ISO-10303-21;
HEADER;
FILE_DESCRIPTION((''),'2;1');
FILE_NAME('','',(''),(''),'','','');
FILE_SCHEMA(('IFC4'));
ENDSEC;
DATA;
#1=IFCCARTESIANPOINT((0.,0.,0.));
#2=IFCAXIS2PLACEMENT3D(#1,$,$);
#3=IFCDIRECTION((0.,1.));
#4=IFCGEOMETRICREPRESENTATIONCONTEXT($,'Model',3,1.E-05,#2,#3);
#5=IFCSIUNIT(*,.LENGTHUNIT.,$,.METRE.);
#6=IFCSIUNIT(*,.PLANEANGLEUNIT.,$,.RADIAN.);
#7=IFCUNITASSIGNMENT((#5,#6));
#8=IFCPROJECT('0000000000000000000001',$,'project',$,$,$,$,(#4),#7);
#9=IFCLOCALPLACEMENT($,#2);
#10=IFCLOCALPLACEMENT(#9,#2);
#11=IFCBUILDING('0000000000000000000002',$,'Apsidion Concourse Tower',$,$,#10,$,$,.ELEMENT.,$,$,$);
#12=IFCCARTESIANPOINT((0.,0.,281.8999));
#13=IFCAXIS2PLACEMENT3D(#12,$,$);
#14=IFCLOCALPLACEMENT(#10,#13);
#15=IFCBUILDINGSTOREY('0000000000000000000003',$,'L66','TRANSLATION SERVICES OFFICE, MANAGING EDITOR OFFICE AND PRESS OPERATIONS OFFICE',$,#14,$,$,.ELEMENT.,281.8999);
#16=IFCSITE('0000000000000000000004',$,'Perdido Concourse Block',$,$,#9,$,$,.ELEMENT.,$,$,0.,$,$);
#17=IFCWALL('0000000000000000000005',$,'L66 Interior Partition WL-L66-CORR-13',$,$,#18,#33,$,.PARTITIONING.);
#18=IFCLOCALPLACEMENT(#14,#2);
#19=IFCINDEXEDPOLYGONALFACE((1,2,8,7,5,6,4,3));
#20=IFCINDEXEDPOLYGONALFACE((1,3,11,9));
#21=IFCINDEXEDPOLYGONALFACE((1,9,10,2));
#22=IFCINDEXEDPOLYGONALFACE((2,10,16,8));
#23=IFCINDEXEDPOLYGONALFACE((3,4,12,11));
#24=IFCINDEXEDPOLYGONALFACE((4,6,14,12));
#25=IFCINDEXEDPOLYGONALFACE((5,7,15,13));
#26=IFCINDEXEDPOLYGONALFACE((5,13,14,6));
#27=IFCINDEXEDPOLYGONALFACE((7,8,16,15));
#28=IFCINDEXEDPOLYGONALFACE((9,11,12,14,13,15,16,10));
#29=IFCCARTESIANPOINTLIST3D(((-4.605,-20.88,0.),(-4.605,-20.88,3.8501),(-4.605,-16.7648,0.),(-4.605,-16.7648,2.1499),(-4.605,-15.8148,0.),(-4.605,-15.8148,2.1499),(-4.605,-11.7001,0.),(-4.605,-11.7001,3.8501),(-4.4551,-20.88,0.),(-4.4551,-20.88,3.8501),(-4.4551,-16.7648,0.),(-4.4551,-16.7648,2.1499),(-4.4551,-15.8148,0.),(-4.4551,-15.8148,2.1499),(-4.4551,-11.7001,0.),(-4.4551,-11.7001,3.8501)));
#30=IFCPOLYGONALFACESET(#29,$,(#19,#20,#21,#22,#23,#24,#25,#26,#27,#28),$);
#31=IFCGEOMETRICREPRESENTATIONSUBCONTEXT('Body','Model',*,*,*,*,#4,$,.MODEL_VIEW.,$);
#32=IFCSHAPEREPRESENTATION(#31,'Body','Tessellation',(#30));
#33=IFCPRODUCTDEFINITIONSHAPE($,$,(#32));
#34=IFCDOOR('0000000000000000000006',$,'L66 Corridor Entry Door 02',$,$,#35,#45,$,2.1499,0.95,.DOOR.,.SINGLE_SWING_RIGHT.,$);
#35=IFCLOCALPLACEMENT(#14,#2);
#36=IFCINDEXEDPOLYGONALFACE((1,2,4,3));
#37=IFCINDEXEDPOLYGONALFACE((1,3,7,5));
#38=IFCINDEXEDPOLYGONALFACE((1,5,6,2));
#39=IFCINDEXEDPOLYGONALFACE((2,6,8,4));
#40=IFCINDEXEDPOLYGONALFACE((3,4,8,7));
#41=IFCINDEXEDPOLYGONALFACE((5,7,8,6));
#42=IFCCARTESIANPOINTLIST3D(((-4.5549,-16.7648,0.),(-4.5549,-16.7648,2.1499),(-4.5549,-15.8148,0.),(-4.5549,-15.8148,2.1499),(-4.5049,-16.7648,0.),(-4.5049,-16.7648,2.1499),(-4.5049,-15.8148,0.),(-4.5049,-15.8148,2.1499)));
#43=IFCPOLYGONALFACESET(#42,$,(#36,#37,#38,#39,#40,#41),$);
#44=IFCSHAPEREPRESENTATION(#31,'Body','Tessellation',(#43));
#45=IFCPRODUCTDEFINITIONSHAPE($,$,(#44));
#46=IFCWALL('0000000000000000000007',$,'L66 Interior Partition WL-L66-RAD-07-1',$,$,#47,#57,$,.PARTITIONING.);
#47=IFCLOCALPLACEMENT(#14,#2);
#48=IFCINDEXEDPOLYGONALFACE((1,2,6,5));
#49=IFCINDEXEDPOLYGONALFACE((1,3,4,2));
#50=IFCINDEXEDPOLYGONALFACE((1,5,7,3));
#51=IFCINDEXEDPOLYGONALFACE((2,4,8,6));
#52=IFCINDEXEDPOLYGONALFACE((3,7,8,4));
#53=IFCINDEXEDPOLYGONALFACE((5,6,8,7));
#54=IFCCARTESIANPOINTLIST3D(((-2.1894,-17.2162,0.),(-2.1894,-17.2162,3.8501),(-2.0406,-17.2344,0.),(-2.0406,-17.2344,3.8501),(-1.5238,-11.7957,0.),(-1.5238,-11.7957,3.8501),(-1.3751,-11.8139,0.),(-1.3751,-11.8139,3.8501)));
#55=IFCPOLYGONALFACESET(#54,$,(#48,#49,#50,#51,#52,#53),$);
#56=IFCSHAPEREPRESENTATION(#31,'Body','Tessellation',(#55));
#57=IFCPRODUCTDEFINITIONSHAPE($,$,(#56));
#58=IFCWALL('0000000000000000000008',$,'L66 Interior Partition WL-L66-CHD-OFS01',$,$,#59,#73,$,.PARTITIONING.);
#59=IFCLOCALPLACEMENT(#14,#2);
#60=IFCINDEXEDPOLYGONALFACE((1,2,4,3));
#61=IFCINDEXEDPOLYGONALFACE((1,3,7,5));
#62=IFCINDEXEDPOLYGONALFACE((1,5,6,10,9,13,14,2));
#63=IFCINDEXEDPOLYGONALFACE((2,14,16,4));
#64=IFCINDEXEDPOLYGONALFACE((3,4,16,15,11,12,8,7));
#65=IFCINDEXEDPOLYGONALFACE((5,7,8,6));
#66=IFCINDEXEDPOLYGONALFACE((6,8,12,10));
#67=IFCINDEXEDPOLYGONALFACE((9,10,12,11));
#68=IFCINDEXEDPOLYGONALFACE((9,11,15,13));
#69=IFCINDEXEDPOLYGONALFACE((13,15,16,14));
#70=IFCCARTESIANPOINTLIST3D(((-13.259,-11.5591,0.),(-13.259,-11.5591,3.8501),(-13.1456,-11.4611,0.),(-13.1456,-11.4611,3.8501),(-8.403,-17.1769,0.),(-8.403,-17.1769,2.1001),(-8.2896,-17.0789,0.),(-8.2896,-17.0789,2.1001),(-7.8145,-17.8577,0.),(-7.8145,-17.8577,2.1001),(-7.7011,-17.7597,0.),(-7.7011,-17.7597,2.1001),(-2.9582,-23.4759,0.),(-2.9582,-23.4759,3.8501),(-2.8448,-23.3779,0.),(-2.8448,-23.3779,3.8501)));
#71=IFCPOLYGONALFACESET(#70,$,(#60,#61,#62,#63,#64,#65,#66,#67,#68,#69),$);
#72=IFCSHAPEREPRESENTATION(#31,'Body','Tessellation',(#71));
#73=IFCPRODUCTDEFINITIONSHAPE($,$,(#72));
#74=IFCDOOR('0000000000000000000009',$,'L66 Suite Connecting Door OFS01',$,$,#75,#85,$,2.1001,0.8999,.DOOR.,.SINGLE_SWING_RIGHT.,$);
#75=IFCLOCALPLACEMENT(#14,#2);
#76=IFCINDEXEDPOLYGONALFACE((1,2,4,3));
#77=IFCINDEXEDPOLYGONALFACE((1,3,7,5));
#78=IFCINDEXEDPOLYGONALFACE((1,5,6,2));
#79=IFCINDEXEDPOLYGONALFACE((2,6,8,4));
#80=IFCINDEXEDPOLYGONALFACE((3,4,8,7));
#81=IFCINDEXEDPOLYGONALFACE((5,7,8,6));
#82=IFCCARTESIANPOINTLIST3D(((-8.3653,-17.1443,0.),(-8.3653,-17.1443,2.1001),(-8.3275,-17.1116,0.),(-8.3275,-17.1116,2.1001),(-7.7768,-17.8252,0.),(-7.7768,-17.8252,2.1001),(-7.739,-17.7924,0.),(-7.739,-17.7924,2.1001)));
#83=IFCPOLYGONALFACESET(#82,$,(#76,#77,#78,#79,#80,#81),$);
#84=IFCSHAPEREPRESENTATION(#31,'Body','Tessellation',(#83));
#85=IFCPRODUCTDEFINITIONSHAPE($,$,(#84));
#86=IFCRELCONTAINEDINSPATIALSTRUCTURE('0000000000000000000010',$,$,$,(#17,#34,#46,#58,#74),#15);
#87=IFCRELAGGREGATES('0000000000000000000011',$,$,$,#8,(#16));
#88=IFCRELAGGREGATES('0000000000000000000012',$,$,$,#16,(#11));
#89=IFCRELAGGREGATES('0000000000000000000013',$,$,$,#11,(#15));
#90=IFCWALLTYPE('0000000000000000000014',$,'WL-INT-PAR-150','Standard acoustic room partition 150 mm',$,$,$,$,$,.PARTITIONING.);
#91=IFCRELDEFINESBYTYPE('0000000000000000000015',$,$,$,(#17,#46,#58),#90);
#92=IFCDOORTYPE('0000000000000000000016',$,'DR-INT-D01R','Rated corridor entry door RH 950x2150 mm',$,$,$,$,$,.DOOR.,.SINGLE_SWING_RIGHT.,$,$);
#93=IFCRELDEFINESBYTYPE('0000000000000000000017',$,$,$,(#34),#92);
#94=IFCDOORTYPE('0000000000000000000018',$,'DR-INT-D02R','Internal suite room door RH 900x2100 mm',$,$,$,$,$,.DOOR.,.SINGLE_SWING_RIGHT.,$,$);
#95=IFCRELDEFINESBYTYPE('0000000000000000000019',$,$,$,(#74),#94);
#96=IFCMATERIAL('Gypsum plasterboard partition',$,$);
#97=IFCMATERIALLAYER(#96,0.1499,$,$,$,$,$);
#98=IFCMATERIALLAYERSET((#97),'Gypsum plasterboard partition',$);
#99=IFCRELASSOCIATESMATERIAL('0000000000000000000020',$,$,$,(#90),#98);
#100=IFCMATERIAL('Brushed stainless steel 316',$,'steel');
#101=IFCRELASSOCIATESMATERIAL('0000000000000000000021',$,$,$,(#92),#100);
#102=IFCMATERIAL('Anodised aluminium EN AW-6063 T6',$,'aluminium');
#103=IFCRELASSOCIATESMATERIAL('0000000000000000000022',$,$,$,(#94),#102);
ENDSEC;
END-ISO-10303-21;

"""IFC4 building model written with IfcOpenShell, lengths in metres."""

from ifc_helpers import new_model, si_unit, direction, frame, frame_2d, origin, place, context, subcontext, project, spatial, rectangle, extrude, material, layer, layer_set, type_object, element, fill, save


model = new_model("IFC4")

# Units and contexts
model_context = context("Model", 3, precision=1e-05, world=origin(), true_north=direction((0.0, 1.0)))
body_context = subcontext(model_context, "Body", "Model", "MODEL_VIEW")
ifc_project = project(units=[si_unit("LENGTHUNIT", "METRE"), si_unit("PLANEANGLEUNIT", "RADIAN")], contexts=[model_context])

# Site, building, storey
site_placement = place(None, origin())
site = spatial("IfcSite", under=ifc_project, at=site_placement, Name="Perdido Concourse Block", CompositionType="ELEMENT", RefElevation=0.0)
building_placement = place(site_placement, origin())
building = spatial("IfcBuilding", under=site, at=building_placement, Name="Apsidion Concourse Tower", CompositionType="ELEMENT")
storey_placement = place(building_placement, frame((0.0, 0.0, 281.8999)))
storey = spatial("IfcBuildingStorey", under=building, at=storey_placement, Name="L66", Description="TRANSLATION SERVICES OFFICE, MANAGING EDITOR OFFICE AND PRESS OPERATIONS OFFICE", CompositionType="ELEMENT", Elevation=281.8999)

# Shared definitions
ifc_material_1 = material(Name="Gypsum plasterboard partition")
ifc_layer = layer(ifc_material_1, 0.1499)
ifc_layer_set = layer_set([ifc_layer], Name="Gypsum plasterboard partition")
wall_type = type_object("IfcWallType", Name="WL-INT-PAR-150", Description="Standard acoustic room partition 150 mm", PredefinedType="PARTITIONING", material=ifc_layer_set)

# Shared definitions
ifc_material_2 = material(Name="Brushed stainless steel 316", Category="steel")

# Wall, opening, door
wall_1_placement = place(storey_placement, frame((-4.53, -20.8799, 0.0), z_axis=(0.0, 0.0, 1.0), x_axis=(0.0, 1.0, 0.0)))
wall_1 = element("IfcWall", 1, at=wall_1_placement, inside=storey, type_object=wall_type, Name="L66 Interior Partition WL-L66-CORR-13", PredefinedType="PARTITIONING", context=body_context, shape_type="SweptSolid", body=[
    extrude(rectangle(XDim=9.1799, YDim=0.1499, at=frame_2d((4.5898, 0.0))), origin(), (0.0, 0.0, 1.0), 3.8501),
])
opening_1_placement = place(wall_1_placement, frame((4.115, 0.0, 0.0)))
opening_1 = element("IfcOpeningElement", 2, at=opening_1_placement, cuts=wall_1, PredefinedType="OPENING", context=body_context, shape_type="SweptSolid", body=[
    extrude(rectangle(XDim=0.95, YDim=2.1499, at=frame_2d((0.4751, 1.075))), frame((0.0, 0.085, 0.0), z_axis=(0.0, -1.0, 0.0), x_axis=(1.0, 0.0, 0.0)), (0.0, 0.0, 1.0), 0.1699),
])
door_type_1 = type_object("IfcDoorType", Name="DR-INT-D01R", Description="Rated corridor entry door RH 950x2150 mm", OperationType="SINGLE_SWING_RIGHT", PredefinedType="DOOR", material=ifc_material_2)
door_1_placement = place(opening_1_placement, origin())
door_1 = element("IfcDoor", 3, at=door_1_placement, inside=storey, type_object=door_type_1, Name="L66 Corridor Entry Door 02", OperationType="SINGLE_SWING_RIGHT", OverallHeight=2.1499, OverallWidth=0.95, PredefinedType="DOOR", context=body_context, shape_type="SweptSolid", body=[
    extrude(rectangle(XDim=0.95, YDim=2.1499, at=frame_2d((0.4751, 1.075))), frame((0.0, 0.0249, 0.0), z_axis=(0.0, -1.0, 0.0), x_axis=(1.0, 0.0, 0.0)), (0.0, 0.0, 1.0), 0.05),
])
fill(opening_1, door_1)

# Wall
wall_2_placement = place(storey_placement, frame((-1.4495, -11.8049, 0.0), z_axis=(0.0, 0.0, 1.0), x_axis=(-0.121867, -0.992546, 0.0)))
element("IfcWall", 4, at=wall_2_placement, inside=storey, type_object=wall_type, Name="L66 Interior Partition WL-L66-RAD-07-1", PredefinedType="PARTITIONING", context=body_context, shape_type="SweptSolid", body=[
    extrude(rectangle(XDim=5.4612, YDim=0.1499, at=frame_2d((2.7305, 0.0))), origin(), (0.0, 0.0, 1.0), 3.8501),
])

# Wall, opening, door
wall_3_placement = place(storey_placement, frame((-13.2024, -11.51, 0.0), z_axis=(0.0, 0.0, 1.0), x_axis=(0.653949, -0.756539, 0.0)))
wall_3 = element("IfcWall", 5, at=wall_3_placement, inside=storey, type_object=wall_type, Name="L66 Interior Partition WL-L66-CHD-OFS01", PredefinedType="PARTITIONING", context=body_context, shape_type="SweptSolid", body=[
    extrude(rectangle(XDim=15.7517, YDim=0.1499, at=frame_2d((7.876, 0.0))), origin(), (0.0, 0.0, 1.0), 3.8501),
])
opening_2_placement = place(wall_3_placement, frame((7.4258, 0.0, 0.0)))
opening_2 = element("IfcOpeningElement", 6, at=opening_2_placement, cuts=wall_3, PredefinedType="OPENING", context=body_context, shape_type="SweptSolid", body=[
    extrude(rectangle(XDim=0.8999, YDim=2.1001, at=frame_2d((0.45, 1.05))), frame((0.0, 0.085, 0.0), z_axis=(0.0, -1.0, 0.0), x_axis=(1.0, 0.0, 0.0)), (0.0, 0.0, 1.0), 0.1699),
])
ifc_material_3 = material(Name="Anodised aluminium EN AW-6063 T6", Category="aluminium")
door_type_2 = type_object("IfcDoorType", Name="DR-INT-D02R", Description="Internal suite room door RH 900x2100 mm", OperationType="SINGLE_SWING_RIGHT", PredefinedType="DOOR", material=ifc_material_3)
door_2_placement = place(opening_2_placement, origin())
door_2 = element("IfcDoor", 7, at=door_2_placement, inside=storey, type_object=door_type_2, Name="L66 Suite Connecting Door OFS01", OperationType="SINGLE_SWING_RIGHT", OverallHeight=2.1001, OverallWidth=0.8999, PredefinedType="DOOR", context=body_context, shape_type="SweptSolid", body=[
    extrude(rectangle(XDim=0.8999, YDim=2.1001, at=frame_2d((0.45, 1.05))), frame((0.0, 0.0249, 0.0), z_axis=(0.0, -1.0, 0.0), x_axis=(1.0, 0.0, 0.0)), (0.0, 0.0, 1.0), 0.05),
])
fill(opening_2, door_2)

save(model, "model.ifc")
